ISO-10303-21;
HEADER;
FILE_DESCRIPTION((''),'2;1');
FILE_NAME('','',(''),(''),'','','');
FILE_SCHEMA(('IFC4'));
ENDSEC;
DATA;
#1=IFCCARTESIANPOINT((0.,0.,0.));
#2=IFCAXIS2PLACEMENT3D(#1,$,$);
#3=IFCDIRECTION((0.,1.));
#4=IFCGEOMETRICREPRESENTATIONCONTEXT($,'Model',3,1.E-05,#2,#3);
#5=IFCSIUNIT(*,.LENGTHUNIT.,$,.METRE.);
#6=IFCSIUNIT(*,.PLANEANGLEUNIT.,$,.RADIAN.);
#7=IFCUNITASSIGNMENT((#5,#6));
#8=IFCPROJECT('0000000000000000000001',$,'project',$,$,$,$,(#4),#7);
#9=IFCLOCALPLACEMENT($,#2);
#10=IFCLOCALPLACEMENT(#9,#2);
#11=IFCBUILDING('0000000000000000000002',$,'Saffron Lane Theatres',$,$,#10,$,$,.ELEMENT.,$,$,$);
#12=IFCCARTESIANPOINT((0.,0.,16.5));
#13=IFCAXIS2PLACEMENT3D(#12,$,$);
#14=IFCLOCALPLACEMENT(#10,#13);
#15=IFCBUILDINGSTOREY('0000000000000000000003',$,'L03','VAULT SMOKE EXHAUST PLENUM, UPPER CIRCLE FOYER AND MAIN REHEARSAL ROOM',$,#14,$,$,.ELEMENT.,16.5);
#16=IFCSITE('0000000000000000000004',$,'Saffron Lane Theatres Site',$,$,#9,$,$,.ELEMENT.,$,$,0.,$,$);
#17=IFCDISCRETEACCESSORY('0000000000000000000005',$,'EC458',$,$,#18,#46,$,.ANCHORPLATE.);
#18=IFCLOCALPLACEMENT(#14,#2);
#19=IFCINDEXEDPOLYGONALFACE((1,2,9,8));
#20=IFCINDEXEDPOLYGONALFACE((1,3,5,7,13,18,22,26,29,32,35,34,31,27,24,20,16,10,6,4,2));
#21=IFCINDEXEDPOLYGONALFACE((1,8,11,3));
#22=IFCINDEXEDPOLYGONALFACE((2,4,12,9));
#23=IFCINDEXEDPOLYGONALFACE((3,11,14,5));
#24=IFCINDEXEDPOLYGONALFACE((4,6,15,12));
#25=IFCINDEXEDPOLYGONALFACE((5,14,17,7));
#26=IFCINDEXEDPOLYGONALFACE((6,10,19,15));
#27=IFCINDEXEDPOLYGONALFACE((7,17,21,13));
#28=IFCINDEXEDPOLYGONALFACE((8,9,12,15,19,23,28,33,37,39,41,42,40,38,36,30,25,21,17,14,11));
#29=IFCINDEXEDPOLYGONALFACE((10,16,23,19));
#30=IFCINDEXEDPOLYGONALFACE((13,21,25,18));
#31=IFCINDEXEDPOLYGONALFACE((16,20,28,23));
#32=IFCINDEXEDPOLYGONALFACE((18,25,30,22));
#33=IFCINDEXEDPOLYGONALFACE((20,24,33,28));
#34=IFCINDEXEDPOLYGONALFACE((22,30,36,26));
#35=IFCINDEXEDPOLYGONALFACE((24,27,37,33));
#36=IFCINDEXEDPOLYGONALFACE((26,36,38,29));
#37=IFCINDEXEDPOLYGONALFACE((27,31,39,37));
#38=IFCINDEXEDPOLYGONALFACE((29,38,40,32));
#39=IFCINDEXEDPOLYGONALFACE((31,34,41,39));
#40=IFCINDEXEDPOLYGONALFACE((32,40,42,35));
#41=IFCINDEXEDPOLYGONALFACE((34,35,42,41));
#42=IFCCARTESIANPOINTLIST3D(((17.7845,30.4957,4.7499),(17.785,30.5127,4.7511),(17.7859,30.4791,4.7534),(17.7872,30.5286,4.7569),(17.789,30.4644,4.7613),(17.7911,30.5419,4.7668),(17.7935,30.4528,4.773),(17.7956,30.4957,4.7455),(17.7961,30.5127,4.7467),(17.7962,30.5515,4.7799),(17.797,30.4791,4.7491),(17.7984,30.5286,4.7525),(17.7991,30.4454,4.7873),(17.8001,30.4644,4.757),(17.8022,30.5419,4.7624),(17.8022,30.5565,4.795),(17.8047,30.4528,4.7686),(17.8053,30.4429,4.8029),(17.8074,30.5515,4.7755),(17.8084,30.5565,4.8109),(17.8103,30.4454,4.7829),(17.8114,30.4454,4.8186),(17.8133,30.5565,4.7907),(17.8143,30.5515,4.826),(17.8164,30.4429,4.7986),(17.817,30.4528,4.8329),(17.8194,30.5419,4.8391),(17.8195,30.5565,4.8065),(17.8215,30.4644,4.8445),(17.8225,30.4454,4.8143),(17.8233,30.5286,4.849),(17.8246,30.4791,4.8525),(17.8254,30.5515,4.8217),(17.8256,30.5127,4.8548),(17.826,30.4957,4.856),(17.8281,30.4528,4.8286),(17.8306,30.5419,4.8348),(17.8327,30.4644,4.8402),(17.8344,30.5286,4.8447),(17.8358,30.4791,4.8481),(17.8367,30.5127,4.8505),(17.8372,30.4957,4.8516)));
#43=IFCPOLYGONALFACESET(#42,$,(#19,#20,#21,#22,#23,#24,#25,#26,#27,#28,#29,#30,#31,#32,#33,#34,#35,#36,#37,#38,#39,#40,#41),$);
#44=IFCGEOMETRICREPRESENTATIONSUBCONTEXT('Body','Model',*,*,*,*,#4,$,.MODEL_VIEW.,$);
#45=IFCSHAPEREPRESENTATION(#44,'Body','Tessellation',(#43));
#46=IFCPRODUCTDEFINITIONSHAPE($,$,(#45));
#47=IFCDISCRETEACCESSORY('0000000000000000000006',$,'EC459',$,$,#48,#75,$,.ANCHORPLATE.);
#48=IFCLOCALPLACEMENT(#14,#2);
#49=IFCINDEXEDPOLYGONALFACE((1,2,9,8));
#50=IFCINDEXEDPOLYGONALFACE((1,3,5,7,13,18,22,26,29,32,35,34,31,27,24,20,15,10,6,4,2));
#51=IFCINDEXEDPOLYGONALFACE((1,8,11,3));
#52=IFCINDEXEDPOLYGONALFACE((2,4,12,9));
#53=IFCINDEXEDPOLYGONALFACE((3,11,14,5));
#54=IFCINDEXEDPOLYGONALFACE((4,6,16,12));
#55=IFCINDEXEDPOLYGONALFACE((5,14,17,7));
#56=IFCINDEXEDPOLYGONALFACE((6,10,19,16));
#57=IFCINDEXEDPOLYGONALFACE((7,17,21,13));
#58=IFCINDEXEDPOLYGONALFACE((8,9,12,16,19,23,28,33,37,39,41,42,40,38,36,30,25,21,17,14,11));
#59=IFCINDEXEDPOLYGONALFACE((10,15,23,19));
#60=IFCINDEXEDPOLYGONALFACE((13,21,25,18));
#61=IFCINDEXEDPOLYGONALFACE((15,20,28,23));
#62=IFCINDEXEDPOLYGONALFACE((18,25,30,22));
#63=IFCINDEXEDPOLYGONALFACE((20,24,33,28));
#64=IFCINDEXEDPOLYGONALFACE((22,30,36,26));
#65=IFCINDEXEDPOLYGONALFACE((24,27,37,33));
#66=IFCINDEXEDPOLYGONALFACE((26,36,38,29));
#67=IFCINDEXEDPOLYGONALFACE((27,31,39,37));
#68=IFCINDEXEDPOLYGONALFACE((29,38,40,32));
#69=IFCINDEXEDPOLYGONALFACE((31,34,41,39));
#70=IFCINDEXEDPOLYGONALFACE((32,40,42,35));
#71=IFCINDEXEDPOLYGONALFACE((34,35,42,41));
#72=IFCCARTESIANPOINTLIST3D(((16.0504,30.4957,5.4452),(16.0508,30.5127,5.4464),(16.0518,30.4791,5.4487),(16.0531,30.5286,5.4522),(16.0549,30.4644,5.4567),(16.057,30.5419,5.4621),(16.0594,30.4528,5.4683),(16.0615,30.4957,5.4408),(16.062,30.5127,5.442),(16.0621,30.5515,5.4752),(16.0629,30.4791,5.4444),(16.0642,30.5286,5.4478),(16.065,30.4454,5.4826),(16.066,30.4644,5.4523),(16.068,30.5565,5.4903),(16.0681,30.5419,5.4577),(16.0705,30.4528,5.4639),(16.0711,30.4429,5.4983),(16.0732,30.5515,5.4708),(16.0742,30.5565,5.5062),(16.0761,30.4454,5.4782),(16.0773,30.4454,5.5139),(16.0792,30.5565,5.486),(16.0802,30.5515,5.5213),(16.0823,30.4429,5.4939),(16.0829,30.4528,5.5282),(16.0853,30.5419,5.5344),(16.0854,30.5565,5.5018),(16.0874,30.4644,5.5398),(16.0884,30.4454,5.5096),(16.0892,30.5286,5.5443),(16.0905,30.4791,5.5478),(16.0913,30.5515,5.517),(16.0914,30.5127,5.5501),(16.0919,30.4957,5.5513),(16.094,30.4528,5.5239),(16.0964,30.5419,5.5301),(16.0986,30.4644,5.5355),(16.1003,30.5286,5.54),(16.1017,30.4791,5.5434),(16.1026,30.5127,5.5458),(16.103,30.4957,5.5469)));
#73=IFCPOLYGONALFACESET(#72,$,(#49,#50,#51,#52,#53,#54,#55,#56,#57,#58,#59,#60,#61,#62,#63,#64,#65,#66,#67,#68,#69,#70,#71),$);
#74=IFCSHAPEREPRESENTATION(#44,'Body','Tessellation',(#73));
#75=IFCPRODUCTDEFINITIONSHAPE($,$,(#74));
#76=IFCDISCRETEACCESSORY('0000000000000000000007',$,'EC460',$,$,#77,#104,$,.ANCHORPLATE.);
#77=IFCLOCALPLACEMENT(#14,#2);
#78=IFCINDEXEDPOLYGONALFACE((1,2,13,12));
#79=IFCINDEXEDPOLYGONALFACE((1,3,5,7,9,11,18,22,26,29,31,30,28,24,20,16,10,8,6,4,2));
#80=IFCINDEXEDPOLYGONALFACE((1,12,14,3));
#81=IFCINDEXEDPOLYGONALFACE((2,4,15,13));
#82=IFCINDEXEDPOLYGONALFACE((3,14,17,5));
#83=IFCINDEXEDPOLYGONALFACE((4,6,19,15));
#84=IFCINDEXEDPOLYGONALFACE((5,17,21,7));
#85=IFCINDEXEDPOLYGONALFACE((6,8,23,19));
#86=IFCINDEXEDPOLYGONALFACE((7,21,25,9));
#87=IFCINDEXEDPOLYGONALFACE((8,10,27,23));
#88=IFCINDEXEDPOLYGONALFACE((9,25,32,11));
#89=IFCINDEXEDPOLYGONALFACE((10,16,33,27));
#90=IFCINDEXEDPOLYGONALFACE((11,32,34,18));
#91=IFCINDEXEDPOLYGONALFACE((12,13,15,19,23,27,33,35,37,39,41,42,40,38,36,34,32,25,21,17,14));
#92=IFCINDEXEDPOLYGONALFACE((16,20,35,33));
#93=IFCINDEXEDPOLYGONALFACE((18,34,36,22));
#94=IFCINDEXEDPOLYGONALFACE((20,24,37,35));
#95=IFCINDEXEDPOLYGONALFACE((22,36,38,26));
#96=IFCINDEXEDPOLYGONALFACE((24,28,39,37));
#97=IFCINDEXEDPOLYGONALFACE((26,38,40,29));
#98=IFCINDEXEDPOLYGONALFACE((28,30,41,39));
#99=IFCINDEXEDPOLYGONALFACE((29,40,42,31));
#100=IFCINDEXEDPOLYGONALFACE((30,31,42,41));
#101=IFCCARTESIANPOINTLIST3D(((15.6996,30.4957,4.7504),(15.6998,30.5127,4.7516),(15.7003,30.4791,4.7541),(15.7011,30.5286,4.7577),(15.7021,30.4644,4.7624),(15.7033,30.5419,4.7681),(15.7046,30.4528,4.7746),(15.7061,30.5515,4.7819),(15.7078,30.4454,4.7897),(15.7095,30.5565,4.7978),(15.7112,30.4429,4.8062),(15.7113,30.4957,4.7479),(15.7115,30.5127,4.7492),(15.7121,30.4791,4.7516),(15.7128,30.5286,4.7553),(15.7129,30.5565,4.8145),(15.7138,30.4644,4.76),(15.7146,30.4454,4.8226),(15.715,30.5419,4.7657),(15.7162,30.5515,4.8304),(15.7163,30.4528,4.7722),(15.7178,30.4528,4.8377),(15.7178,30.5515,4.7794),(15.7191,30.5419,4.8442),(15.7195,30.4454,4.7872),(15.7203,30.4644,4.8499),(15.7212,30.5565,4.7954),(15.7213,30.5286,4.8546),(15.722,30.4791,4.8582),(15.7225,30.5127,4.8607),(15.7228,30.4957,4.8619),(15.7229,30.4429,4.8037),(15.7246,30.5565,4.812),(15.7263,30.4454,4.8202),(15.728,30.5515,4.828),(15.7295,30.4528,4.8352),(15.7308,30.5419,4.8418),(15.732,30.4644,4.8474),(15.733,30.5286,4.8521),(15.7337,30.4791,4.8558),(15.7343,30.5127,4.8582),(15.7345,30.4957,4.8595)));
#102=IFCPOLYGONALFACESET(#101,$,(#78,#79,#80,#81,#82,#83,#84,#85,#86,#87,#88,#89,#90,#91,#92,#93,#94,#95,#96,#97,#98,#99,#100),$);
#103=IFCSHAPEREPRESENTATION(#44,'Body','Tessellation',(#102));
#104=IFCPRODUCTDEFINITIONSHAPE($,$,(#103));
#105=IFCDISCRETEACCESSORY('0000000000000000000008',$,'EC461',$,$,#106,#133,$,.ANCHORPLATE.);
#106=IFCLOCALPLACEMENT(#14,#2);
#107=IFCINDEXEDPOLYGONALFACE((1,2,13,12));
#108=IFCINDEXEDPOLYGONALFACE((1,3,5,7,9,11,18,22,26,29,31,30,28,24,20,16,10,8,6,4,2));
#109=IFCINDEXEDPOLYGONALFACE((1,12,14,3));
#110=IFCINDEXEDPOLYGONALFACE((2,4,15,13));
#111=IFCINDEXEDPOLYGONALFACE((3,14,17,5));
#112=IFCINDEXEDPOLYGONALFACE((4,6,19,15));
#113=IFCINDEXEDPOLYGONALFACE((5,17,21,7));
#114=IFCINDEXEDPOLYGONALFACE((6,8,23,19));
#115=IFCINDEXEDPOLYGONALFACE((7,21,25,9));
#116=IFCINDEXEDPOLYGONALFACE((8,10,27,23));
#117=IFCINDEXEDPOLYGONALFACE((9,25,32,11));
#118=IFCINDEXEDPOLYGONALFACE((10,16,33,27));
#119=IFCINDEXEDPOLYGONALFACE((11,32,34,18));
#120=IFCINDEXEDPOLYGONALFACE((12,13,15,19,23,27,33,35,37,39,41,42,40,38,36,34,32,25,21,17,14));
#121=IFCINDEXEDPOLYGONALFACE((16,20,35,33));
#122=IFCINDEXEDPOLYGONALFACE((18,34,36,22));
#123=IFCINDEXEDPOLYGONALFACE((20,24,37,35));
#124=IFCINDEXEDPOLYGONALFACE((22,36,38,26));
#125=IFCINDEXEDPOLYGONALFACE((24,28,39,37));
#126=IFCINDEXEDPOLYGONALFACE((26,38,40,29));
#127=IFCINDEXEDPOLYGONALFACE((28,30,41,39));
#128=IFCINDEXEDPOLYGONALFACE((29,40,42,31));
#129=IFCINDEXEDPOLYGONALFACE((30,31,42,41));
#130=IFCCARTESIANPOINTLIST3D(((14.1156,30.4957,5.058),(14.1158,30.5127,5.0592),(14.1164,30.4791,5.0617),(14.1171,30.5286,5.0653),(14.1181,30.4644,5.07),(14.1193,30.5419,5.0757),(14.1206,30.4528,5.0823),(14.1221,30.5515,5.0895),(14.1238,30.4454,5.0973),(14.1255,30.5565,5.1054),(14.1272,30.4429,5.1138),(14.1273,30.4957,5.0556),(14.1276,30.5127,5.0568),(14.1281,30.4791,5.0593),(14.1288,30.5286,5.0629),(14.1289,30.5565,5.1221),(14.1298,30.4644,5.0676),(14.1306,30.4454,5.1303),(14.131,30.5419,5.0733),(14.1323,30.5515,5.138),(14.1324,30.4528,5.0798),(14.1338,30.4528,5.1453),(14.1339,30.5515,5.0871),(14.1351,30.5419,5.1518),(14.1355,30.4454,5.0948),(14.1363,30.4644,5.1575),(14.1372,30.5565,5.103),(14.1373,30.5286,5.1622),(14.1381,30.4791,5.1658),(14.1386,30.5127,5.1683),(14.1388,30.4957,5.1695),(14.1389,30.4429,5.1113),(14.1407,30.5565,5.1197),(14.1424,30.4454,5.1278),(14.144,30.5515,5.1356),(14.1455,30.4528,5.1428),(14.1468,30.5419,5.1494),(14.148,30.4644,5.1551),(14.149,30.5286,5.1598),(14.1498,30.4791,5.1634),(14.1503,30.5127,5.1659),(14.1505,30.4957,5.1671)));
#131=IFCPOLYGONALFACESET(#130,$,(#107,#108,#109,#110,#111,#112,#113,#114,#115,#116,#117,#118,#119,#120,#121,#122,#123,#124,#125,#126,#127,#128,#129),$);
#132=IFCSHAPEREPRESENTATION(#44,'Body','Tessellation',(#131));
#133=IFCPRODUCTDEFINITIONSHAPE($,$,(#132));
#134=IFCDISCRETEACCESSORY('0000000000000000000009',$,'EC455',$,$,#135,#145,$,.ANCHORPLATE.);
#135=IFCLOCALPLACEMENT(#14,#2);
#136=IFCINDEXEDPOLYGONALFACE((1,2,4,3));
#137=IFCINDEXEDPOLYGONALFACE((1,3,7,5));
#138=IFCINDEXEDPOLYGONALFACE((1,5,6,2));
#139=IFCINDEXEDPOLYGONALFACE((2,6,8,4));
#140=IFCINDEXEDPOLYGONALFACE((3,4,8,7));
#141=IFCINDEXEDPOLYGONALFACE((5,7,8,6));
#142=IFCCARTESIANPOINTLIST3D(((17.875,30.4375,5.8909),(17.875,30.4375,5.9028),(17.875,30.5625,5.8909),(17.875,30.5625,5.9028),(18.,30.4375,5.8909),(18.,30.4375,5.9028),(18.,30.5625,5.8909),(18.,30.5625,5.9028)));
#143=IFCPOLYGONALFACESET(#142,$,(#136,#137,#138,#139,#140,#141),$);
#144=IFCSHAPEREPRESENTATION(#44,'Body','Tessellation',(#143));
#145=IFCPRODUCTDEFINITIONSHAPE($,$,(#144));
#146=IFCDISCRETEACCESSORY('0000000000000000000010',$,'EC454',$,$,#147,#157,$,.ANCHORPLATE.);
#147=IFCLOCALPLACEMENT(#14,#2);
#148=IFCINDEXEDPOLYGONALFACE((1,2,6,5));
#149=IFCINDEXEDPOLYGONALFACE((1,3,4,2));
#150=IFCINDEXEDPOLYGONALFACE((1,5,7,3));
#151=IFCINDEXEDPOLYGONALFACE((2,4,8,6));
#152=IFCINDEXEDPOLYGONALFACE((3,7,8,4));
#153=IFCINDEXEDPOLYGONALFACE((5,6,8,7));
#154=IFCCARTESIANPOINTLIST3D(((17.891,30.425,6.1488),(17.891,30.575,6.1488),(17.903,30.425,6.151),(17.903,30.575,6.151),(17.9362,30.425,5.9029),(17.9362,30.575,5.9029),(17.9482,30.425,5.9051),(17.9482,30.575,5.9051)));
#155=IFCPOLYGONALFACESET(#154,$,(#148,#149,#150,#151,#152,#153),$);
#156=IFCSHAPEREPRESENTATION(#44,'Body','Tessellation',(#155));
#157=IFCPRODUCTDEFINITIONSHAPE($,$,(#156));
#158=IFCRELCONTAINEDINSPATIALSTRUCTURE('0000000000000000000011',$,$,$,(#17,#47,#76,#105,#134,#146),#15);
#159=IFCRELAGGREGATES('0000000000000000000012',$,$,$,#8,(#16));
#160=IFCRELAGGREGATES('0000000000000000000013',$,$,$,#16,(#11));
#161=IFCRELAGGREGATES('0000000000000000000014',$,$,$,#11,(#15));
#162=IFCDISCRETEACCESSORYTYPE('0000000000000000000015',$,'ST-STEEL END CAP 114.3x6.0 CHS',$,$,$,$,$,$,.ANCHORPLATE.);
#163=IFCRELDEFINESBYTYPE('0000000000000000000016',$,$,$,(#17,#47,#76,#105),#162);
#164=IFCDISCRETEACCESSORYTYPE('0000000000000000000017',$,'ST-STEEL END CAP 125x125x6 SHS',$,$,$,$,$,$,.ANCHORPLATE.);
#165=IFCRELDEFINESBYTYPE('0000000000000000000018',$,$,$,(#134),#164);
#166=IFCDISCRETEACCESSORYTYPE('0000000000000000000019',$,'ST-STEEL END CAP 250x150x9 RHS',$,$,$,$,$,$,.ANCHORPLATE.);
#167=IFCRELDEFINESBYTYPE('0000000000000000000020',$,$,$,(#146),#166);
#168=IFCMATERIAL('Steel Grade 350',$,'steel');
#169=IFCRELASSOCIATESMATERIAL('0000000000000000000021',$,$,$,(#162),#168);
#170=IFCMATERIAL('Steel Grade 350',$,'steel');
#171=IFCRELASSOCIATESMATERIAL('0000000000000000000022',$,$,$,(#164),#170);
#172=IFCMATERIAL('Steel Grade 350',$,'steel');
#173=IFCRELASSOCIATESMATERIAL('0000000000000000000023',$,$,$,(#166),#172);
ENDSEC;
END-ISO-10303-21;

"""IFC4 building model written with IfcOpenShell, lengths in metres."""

from ifc_helpers import new_model, si_unit, direction, frame, origin, origin_2d, place, context, subcontext, project, spatial, rectangle, circle, extrude, material, material_profile, profile_set, type_object, element, save


model = new_model("IFC4")

# Units and contexts
model_context = context("Model", 3, precision=1e-05, world=origin(), true_north=direction((0.0, 1.0)))
body_context = subcontext(model_context, "Body", "Model", "MODEL_VIEW")
ifc_project = project(units=[si_unit("LENGTHUNIT", "METRE"), si_unit("PLANEANGLEUNIT", "RADIAN")], contexts=[model_context])

# Site, building, storey
site_placement = place(None, origin())
site = spatial("IfcSite", under=ifc_project, at=site_placement, Name="Saffron Lane Theatres Site", CompositionType="ELEMENT", RefElevation=0.0)
building_placement = place(site_placement, origin())
building = spatial("IfcBuilding", under=site, at=building_placement, Name="Saffron Lane Theatres", CompositionType="ELEMENT")
storey_placement = place(building_placement, frame((0.0, 0.0, 16.5)))
storey = spatial("IfcBuildingStorey", under=building, at=storey_placement, Name="L03", Description="VAULT SMOKE EXHAUST PLENUM, UPPER CIRCLE FOYER AND MAIN REHEARSAL ROOM", CompositionType="ELEMENT", Elevation=16.5)

# Discrete accessories
ifc_material_1 = material(Name="Steel Grade 350", Category="steel")
ifc_material_profile_1 = material_profile(ifc_material_1, circle(Radius=0.0571, at=origin_2d()))
ifc_profile_set_1 = profile_set([ifc_material_profile_1], Name="Steel Grade 350")
discrete_accessory_type_1 = type_object("IfcDiscreteAccessoryType", Name="ST-STEEL END CAP 114.3x6.0 CHS", PredefinedType="ANCHORPLATE", material=ifc_profile_set_1)
for number, where, z_axis, x_axis, name in (
    (1, (17.8164, 30.5, 4.7986), (-0.931243, 0.0, 0.364399), (0.0, -1.0, 0.0), "EC458"),
    (2, (16.0823, 30.5, 5.4939), (-0.931243, 0.0, 0.364399), (0.0, -1.0, 0.0), "EC459"),
    (3, (15.7229, 30.5, 4.8037), (-0.97898, 0.0, 0.203954), (0.0, -1.0, 0.0), "EC460"),
    (4, (14.1389, 30.5, 5.1113), (-0.97898, 0.0, 0.203954), (0.0, -1.0, 0.0), "EC461"),
):
    element("IfcDiscreteAccessory", number, at=place(storey_placement, frame(where, z_axis=z_axis, x_axis=x_axis)), inside=storey, type_object=discrete_accessory_type_1, Name=name, PredefinedType="ANCHORPLATE", context=body_context, shape_type="SweptSolid", body=[
        extrude(circle(Radius=0.0571, at=origin_2d()), origin(), (0.0, 0.0, 1.0), 0.012),
    ])
ifc_material_2 = material(Name="Steel Grade 350", Category="steel")
ifc_material_profile_2 = material_profile(ifc_material_2, rectangle(XDim=0.125, YDim=0.125, at=origin_2d()))
ifc_profile_set_2 = profile_set([ifc_material_profile_2], Name="Steel Grade 350")
discrete_accessory_type_2 = type_object("IfcDiscreteAccessoryType", Name="ST-STEEL END CAP 125x125x6 SHS", PredefinedType="ANCHORPLATE", material=ifc_profile_set_2)
discrete_accessory_1_placement = place(storey_placement, frame((17.9375, 30.5, 5.8909), z_axis=(0.0, 0.0, 1.0), x_axis=(1.0, 0.0, 0.0)))
element("IfcDiscreteAccessory", 5, at=discrete_accessory_1_placement, inside=storey, type_object=discrete_accessory_type_2, Name="EC455", PredefinedType="ANCHORPLATE", context=body_context, shape_type="SweptSolid", body=[
    extrude(rectangle(XDim=0.125, YDim=0.125, at=origin_2d()), origin(), (0.0, 0.0, 1.0), 0.012),
])
ifc_material_3 = material(Name="Steel Grade 350", Category="steel")
ifc_material_profile_3 = material_profile(ifc_material_3, rectangle(XDim=0.1499, YDim=0.25, at=origin_2d()))
ifc_profile_set_3 = profile_set([ifc_material_profile_3], Name="Steel Grade 350")
discrete_accessory_type_3 = type_object("IfcDiscreteAccessoryType", Name="ST-STEEL END CAP 250x150x9 RHS", PredefinedType="ANCHORPLATE", material=ifc_profile_set_3)
discrete_accessory_2_placement = place(storey_placement, frame((17.9136, 30.5, 6.0259), z_axis=(0.983547, 0.0, 0.180652), x_axis=(0.0, 1.0, 0.0)))
element("IfcDiscreteAccessory", 6, at=discrete_accessory_2_placement, inside=storey, type_object=discrete_accessory_type_3, Name="EC454", PredefinedType="ANCHORPLATE", context=body_context, shape_type="SweptSolid", body=[
    extrude(rectangle(XDim=0.1499, YDim=0.25, at=origin_2d()), origin(), (0.0, 0.0, 1.0), 0.0122),
])

save(model, "model.ifc")
